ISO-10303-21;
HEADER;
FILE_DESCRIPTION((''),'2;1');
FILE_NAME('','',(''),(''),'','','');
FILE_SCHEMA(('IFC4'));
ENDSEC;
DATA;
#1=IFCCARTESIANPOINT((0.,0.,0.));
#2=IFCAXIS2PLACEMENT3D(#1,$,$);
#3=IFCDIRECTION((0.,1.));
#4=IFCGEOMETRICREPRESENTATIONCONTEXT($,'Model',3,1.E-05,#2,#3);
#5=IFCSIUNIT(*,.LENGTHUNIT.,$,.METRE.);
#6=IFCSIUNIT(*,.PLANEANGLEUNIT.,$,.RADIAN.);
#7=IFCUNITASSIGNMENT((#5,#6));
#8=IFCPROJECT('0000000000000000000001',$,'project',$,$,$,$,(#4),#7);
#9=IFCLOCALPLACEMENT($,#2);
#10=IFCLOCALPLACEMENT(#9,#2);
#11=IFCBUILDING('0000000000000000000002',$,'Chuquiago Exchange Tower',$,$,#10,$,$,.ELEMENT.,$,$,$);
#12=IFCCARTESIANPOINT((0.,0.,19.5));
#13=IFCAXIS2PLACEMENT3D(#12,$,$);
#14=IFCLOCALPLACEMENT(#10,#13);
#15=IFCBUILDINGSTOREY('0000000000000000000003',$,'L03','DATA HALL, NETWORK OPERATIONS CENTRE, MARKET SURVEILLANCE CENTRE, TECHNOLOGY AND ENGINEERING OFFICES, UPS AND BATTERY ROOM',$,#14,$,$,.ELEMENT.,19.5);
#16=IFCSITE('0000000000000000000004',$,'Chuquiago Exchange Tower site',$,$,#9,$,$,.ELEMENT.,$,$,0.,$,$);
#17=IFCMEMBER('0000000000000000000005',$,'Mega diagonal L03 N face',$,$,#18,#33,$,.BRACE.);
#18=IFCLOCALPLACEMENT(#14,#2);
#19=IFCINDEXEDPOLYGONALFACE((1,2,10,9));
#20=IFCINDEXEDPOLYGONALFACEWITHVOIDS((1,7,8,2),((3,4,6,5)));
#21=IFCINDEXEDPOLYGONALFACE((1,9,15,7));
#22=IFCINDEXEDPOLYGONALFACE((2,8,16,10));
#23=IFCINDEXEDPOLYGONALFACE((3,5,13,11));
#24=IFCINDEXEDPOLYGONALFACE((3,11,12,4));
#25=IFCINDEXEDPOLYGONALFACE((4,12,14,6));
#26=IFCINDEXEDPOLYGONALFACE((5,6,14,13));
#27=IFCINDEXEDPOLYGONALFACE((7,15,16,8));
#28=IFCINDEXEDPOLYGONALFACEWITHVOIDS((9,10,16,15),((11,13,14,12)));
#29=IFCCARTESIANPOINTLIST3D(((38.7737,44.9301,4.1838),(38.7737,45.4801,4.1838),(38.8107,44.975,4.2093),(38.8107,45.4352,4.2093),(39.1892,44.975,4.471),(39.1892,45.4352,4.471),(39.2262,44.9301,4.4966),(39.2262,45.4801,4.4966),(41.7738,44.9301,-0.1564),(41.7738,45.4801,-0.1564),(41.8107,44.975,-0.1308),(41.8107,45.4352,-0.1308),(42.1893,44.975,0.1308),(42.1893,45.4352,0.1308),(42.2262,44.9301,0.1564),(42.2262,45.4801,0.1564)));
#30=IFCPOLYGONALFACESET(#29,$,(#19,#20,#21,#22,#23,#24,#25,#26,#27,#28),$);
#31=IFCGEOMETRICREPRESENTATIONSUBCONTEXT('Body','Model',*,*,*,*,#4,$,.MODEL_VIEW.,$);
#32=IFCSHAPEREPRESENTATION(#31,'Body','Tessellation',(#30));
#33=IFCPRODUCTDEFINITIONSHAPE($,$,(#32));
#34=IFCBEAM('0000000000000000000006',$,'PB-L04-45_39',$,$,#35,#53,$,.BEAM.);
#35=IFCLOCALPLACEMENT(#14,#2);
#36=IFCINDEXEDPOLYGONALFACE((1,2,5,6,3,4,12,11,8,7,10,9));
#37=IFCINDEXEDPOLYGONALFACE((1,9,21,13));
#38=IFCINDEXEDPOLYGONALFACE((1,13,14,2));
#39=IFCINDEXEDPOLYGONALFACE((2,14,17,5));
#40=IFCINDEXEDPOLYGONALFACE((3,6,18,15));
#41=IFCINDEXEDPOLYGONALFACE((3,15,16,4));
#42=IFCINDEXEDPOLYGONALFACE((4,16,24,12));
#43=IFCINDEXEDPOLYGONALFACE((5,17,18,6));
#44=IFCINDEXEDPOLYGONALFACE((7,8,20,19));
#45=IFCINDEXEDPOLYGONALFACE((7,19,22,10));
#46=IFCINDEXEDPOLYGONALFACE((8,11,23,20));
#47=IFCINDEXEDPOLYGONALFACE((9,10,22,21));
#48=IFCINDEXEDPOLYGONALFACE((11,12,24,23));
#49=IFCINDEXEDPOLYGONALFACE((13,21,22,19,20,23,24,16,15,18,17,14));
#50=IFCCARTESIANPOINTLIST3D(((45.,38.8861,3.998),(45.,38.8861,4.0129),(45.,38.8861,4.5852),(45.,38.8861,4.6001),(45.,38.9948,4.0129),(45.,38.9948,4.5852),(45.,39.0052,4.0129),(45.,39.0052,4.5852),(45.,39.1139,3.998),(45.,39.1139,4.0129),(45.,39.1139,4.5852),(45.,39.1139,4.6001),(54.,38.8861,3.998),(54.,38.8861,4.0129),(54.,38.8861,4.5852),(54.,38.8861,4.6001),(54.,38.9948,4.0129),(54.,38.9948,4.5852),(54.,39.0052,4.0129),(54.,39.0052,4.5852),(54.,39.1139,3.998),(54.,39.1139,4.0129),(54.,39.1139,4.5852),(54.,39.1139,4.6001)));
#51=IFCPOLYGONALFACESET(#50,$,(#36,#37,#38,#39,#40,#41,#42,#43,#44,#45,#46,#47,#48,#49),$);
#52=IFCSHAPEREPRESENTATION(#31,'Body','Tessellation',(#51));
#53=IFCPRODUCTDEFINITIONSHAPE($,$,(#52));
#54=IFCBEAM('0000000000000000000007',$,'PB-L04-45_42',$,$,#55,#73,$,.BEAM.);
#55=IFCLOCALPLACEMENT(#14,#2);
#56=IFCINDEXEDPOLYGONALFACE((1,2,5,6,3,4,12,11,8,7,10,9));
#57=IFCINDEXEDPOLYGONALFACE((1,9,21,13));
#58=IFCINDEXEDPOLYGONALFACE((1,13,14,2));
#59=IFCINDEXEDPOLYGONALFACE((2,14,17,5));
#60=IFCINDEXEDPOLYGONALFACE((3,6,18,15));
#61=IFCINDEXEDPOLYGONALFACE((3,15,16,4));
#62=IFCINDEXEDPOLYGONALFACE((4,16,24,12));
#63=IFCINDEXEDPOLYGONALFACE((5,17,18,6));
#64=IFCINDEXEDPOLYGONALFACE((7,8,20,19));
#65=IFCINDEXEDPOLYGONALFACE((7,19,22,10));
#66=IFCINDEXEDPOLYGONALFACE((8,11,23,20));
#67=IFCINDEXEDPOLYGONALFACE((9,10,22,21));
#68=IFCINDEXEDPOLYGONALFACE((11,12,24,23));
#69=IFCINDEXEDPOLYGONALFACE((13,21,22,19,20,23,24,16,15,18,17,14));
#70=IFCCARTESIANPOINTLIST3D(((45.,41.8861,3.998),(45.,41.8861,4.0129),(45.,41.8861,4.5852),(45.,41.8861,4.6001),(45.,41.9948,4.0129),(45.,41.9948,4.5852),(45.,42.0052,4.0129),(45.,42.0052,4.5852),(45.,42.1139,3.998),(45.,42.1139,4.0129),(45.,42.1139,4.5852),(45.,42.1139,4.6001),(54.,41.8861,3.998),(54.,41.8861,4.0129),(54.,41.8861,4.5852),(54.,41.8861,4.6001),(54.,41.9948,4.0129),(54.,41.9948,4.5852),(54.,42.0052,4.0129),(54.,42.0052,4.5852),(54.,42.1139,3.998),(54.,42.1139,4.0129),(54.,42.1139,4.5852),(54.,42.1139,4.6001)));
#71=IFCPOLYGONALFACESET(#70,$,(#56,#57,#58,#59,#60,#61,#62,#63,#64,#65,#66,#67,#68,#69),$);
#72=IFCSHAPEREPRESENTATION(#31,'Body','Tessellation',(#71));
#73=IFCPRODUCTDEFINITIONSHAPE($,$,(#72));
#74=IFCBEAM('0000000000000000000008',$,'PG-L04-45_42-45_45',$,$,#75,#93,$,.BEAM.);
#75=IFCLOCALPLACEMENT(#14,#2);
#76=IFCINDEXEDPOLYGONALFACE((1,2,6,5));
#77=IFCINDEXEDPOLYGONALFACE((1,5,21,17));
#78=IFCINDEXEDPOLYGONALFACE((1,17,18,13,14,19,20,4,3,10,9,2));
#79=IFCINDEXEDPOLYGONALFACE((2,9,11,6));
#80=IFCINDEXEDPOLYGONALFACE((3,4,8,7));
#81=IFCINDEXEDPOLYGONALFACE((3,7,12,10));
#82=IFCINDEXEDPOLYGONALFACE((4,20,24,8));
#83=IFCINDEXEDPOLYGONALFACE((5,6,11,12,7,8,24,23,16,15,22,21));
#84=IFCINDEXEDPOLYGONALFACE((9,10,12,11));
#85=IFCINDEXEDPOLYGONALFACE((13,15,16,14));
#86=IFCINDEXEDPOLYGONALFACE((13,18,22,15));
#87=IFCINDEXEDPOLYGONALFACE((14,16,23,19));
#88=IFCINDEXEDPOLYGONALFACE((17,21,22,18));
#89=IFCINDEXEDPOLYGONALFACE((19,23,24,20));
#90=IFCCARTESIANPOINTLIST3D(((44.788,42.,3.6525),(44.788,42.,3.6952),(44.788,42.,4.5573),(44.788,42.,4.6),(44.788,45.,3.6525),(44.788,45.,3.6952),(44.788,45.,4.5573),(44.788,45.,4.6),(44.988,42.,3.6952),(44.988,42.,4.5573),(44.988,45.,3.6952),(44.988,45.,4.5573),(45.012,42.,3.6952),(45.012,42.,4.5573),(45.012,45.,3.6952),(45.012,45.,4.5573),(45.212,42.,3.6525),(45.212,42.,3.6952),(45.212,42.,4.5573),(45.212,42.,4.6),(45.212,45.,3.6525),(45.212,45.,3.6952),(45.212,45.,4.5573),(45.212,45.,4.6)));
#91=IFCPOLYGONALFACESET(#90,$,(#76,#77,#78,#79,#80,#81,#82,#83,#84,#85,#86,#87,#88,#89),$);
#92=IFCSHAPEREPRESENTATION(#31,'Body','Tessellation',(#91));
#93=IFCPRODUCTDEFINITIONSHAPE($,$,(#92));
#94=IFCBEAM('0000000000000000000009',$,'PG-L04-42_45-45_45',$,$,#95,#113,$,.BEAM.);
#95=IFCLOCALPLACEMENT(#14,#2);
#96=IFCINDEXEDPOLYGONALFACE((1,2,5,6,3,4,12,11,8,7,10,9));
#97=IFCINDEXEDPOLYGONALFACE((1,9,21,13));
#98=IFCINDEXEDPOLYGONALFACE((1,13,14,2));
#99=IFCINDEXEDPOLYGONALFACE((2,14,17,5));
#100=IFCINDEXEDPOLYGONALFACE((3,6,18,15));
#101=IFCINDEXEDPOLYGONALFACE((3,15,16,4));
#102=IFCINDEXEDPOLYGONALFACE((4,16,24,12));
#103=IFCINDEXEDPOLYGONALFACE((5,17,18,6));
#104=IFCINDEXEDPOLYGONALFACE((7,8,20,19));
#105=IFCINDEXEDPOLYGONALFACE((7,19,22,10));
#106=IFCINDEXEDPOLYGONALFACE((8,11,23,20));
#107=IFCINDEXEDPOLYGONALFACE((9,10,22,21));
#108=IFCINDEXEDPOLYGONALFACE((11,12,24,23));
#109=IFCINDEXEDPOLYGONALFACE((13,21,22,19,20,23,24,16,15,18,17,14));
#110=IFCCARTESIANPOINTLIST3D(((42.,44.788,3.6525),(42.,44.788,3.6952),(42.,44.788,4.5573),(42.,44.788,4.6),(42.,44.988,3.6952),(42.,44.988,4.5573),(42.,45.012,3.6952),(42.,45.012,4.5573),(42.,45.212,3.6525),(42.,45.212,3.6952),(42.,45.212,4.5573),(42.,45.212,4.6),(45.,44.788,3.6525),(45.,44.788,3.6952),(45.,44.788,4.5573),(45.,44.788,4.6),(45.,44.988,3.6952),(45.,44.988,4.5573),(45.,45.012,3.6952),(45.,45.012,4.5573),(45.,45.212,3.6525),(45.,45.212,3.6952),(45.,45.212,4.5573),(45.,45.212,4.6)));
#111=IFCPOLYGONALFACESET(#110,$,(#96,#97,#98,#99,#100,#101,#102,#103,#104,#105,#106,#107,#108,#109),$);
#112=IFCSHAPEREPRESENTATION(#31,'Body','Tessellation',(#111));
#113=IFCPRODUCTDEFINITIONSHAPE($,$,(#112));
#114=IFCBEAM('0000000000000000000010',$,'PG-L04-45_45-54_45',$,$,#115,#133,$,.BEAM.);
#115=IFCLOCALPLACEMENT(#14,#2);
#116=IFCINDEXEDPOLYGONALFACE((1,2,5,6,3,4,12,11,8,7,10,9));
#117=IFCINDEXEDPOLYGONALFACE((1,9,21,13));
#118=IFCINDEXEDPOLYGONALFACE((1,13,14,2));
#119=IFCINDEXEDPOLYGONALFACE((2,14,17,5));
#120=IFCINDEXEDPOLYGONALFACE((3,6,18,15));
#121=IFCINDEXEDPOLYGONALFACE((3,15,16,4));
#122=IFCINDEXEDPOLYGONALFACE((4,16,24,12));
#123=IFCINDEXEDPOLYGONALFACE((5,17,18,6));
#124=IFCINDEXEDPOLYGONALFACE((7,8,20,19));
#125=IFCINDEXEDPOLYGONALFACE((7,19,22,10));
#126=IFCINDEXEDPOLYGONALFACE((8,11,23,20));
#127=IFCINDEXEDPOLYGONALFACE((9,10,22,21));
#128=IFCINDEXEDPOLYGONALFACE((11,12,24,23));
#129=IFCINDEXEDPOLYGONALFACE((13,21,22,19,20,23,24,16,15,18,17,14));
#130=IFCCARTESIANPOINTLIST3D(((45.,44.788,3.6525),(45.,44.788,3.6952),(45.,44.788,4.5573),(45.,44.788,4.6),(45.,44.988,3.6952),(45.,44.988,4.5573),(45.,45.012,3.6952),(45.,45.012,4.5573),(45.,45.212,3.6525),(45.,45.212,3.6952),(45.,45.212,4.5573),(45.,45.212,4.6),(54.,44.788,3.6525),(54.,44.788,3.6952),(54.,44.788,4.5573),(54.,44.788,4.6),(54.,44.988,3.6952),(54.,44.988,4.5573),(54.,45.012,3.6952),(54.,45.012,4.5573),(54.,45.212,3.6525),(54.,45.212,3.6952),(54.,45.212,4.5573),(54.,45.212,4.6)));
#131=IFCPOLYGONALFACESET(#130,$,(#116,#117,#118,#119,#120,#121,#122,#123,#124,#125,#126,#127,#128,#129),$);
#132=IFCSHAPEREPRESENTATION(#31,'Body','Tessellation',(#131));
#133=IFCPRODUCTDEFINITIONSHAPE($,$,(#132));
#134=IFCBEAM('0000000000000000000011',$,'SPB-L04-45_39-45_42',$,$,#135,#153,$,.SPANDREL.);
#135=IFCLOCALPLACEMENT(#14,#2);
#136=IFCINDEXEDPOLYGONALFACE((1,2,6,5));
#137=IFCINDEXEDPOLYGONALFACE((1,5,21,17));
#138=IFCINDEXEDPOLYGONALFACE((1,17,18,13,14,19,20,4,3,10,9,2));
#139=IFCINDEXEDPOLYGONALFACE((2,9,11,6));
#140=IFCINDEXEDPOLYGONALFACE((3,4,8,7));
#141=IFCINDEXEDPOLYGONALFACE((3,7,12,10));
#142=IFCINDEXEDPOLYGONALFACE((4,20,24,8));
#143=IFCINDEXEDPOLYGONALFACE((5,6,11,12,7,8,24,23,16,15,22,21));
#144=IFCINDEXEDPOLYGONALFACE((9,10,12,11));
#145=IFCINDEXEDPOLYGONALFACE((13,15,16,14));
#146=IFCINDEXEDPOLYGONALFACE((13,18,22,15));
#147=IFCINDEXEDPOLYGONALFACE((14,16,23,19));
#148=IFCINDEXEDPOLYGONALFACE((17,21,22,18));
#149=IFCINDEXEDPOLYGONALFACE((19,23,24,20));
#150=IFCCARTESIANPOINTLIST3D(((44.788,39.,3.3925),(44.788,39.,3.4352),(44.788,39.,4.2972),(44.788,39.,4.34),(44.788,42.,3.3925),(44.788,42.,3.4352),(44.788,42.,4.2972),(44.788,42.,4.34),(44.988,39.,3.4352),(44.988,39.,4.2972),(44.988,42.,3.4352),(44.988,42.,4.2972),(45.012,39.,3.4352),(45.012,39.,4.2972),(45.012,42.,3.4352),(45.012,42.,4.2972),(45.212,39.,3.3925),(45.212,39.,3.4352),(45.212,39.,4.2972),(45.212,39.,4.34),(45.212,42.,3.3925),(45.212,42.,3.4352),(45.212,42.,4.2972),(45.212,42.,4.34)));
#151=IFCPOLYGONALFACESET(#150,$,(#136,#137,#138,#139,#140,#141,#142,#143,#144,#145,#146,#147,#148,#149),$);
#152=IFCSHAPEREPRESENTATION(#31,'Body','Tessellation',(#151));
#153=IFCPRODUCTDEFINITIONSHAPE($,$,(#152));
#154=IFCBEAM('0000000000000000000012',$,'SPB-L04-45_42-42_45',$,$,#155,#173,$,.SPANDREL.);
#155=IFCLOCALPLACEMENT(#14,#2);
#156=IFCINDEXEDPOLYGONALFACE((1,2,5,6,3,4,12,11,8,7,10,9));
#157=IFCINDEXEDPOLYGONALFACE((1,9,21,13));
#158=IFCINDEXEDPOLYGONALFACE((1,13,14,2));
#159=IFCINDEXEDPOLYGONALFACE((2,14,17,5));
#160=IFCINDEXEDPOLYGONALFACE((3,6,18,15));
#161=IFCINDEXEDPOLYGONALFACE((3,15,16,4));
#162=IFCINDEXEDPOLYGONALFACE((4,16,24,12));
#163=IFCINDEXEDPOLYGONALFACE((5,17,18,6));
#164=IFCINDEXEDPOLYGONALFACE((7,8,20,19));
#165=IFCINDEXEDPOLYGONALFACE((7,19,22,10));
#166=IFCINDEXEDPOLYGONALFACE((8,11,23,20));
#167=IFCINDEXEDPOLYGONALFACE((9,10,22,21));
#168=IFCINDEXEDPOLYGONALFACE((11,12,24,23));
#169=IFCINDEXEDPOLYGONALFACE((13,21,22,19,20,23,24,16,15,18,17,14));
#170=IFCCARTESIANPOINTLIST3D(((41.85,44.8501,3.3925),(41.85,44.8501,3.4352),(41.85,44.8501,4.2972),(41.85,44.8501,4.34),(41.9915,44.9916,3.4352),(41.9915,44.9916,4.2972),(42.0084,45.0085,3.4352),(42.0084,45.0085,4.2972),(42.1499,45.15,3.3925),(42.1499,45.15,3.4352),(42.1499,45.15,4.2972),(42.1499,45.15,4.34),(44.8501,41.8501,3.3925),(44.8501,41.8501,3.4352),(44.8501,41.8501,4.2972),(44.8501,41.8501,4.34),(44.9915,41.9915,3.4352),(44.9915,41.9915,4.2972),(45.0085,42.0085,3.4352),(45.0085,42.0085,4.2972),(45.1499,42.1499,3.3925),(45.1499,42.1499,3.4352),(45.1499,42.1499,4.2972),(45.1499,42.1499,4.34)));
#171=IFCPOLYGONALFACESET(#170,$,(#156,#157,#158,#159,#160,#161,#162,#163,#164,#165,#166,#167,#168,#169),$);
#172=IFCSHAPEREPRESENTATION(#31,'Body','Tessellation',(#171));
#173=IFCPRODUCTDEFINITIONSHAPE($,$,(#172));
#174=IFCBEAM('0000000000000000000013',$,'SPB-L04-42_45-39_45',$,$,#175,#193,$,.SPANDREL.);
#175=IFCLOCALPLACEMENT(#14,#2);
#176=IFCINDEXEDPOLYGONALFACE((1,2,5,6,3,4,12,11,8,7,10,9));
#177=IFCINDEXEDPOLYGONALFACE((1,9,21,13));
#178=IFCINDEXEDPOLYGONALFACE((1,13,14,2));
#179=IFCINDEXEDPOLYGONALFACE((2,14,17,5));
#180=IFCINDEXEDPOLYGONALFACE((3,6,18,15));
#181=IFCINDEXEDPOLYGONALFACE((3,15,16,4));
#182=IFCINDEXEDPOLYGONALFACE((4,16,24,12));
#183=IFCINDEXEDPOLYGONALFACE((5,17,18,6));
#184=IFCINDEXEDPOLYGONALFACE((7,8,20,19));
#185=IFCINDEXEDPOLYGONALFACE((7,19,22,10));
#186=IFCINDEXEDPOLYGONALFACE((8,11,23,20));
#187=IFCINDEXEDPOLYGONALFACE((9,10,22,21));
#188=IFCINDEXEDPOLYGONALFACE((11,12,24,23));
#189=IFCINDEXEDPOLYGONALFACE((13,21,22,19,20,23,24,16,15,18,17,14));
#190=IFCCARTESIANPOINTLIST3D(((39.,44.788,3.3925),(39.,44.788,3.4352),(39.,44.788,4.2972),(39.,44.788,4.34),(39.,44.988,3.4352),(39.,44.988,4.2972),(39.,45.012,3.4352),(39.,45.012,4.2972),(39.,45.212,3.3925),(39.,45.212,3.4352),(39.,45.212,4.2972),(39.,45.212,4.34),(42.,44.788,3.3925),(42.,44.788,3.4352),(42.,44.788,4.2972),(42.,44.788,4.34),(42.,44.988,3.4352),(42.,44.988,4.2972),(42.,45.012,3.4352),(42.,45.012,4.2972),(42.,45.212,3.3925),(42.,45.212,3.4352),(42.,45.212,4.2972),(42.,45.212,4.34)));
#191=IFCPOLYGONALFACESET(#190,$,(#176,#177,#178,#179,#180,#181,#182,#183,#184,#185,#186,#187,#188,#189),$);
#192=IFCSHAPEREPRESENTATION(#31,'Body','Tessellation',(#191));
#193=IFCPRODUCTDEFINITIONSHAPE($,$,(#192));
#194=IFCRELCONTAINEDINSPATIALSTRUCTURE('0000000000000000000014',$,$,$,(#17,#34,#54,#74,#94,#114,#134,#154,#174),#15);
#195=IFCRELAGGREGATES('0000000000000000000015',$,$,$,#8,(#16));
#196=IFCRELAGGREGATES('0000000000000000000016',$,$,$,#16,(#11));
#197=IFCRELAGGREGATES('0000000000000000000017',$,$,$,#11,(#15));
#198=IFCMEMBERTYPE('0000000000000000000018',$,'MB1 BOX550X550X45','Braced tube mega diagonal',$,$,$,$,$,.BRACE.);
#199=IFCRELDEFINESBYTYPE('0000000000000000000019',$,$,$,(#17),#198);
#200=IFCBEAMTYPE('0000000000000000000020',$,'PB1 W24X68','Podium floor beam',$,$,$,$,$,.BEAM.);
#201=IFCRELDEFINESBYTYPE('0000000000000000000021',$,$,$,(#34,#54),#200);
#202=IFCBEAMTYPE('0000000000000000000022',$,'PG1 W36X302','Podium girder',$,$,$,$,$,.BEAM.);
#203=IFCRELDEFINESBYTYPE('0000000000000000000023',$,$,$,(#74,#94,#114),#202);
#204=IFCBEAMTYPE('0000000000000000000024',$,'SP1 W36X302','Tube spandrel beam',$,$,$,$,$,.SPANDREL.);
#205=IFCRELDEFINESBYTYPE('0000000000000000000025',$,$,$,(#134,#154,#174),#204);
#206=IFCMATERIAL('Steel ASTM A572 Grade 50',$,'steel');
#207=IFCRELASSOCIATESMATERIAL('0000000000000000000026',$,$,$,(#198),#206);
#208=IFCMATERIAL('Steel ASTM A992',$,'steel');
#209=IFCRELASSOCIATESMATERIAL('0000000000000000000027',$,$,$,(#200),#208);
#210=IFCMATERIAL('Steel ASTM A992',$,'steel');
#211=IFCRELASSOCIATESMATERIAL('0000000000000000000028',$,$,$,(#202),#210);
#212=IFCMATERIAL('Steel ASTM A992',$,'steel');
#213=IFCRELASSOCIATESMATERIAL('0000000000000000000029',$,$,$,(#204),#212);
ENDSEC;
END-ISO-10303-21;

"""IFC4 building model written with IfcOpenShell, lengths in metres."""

from ifc_helpers import new_model, si_unit, direction, frame, origin, origin_2d, place, context, subcontext, project, spatial, hollow_rectangle, i_section, extrude, material, material_profile, profile_set, type_object, element, save


model = new_model("IFC4")

# Units and contexts
model_context = context("Model", 3, precision=1e-05, world=origin(), true_north=direction((0.0, 1.0)))
body_context = subcontext(model_context, "Body", "Model", "MODEL_VIEW")
ifc_project = project(units=[si_unit("LENGTHUNIT", "METRE"), si_unit("PLANEANGLEUNIT", "RADIAN")], contexts=[model_context])

# Site, building, storey
site_placement = place(None, origin())
site = spatial("IfcSite", under=ifc_project, at=site_placement, Name="Chuquiago Exchange Tower site", CompositionType="ELEMENT", RefElevation=0.0)
building_placement = place(site_placement, origin())
building = spatial("IfcBuilding", under=site, at=building_placement, Name="Chuquiago Exchange Tower", CompositionType="ELEMENT")
storey_placement = place(building_placement, frame((0.0, 0.0, 19.5)))
storey = spatial("IfcBuildingStorey", under=building, at=storey_placement, Name="L03", Description="DATA HALL, NETWORK OPERATIONS CENTRE, MARKET SURVEILLANCE CENTRE, TECHNOLOGY AND ENGINEERING OFFICES, UPS AND BATTERY ROOM", CompositionType="ELEMENT", Elevation=19.5)

# Member
ifc_material_1 = material(Name="Steel ASTM A572 Grade 50", Category="steel")
ifc_material_profile_1 = material_profile(ifc_material_1, hollow_rectangle(XDim=0.55, YDim=0.55, WallThickness=0.0449, at=origin_2d()), Name="BOX550X550X45")
ifc_profile_set_1 = profile_set([ifc_material_profile_1], Name="Steel ASTM A572 Grade 50")
member_type_1 = type_object("IfcMemberType", Name="MB1 BOX550X550X45", Description="Braced tube mega diagonal", PredefinedType="BRACE", material=ifc_profile_set_1)
for number, where, z_axis, x_axis, name in (
    (1, (42.0, 45.2051, 0.0), (-0.568611, 0.0, 0.822607), (0.0, -1.0, 0.0), "Mega diagonal L03 N face"),
):
    element("IfcMember", number, at=place(storey_placement, frame(where, z_axis=z_axis, x_axis=x_axis)), inside=storey, type_object=member_type_1, Name=name, PredefinedType="BRACE", context=body_context, shape_type="SweptSolid", body=[
        extrude(hollow_rectangle(XDim=0.55, YDim=0.55, WallThickness=0.0449, at=origin_2d()), origin(), (0.0, 0.0, 1.0), 5.2761),
    ])

# Beams
ifc_material_2 = material(Name="Steel ASTM A992", Category="steel")
ifc_material_profile_2 = material_profile(ifc_material_2, i_section(OverallWidth=0.2278, OverallDepth=0.6021, WebThickness=0.0105, FlangeThickness=0.0149, at=origin_2d()), Name="W24X68")
ifc_profile_set_2 = profile_set([ifc_material_profile_2], Name="Steel ASTM A992")
beam_type_1 = type_object("IfcBeamType", Name="PB1 W24X68", Description="Podium floor beam", PredefinedType="BEAM", material=ifc_profile_set_2)
for number, where, z_axis, x_axis, name in (
    (2, (45.0, 39.0, 4.2991), (1.0, 0.0, 0.0), (0.0, 1.0, 0.0), "PB-L04-45_39"),
    (3, (45.0, 42.0, 4.2991), (1.0, 0.0, 0.0), (0.0, 1.0, 0.0), "PB-L04-45_42"),
):
    element("IfcBeam", number, at=place(storey_placement, frame(where, z_axis=z_axis, x_axis=x_axis)), inside=storey, type_object=beam_type_1, Name=name, PredefinedType="BEAM", context=body_context, shape_type="SweptSolid", body=[
        extrude(i_section(OverallWidth=0.2278, OverallDepth=0.6021, WebThickness=0.0105, FlangeThickness=0.0149, at=origin_2d()), origin(), (0.0, 0.0, 1.0), 9.0),
    ])
ifc_material_3 = material(Name="Steel ASTM A992", Category="steel")
ifc_material_profile_3 = material_profile(ifc_material_3, i_section(OverallWidth=0.4241, OverallDepth=0.9475, WebThickness=0.0239, FlangeThickness=0.0427, at=origin_2d()), Name="W36X302")
ifc_profile_set_3 = profile_set([ifc_material_profile_3], Name="Steel ASTM A992")
beam_type_2 = type_object("IfcBeamType", Name="PG1 W36X302", Description="Podium girder", PredefinedType="BEAM", material=ifc_profile_set_3)
for number, where, z_axis, x_axis, name in (
    (4, (45.0, 42.0, 4.1262), (0.0, 1.0, 0.0), (-1.0, 0.0, 0.0), "PG-L04-45_42-45_45"),
    (5, (42.0, 45.0, 4.1262), (1.0, 0.0, 0.0), (0.0, 1.0, 0.0), "PG-L04-42_45-45_45"),
):
    element("IfcBeam", number, at=place(storey_placement, frame(where, z_axis=z_axis, x_axis=x_axis)), inside=storey, type_object=beam_type_2, Name=name, PredefinedType="BEAM", context=body_context, shape_type="SweptSolid", body=[
        extrude(i_section(OverallWidth=0.4241, OverallDepth=0.9475, WebThickness=0.0239, FlangeThickness=0.0427, at=origin_2d()), origin(), (0.0, 0.0, 1.0), 3.0),
    ])
beam_1_placement = place(storey_placement, frame((45.0, 45.0, 4.1262), z_axis=(1.0, 0.0, 0.0), x_axis=(0.0, 1.0, 0.0)))
element("IfcBeam", 6, at=beam_1_placement, inside=storey, type_object=beam_type_2, Name="PG-L04-45_45-54_45", PredefinedType="BEAM", context=body_context, shape_type="SweptSolid", body=[
    extrude(i_section(OverallWidth=0.4241, OverallDepth=0.9475, WebThickness=0.0239, FlangeThickness=0.0427, at=origin_2d()), origin(), (0.0, 0.0, 1.0), 9.0),
])
ifc_material_4 = material(Name="Steel ASTM A992", Category="steel")
ifc_material_profile_4 = material_profile(ifc_material_4, i_section(OverallWidth=0.4241, OverallDepth=0.9475, WebThickness=0.0239, FlangeThickness=0.0427, at=origin_2d()), Name="W36X302")
ifc_profile_set_4 = profile_set([ifc_material_profile_4], Name="Steel ASTM A992")
beam_type_3 = type_object("IfcBeamType", Name="SP1 W36X302", Description="Tube spandrel beam", PredefinedType="SPANDREL", material=ifc_profile_set_4)
beam_2_placement = place(storey_placement, frame((45.0, 39.0, 3.8662), z_axis=(0.0, 1.0, 0.0), x_axis=(-1.0, 0.0, 0.0)))
element("IfcBeam", 7, at=beam_2_placement, inside=storey, type_object=beam_type_3, Name="SPB-L04-45_39-45_42", PredefinedType="SPANDREL", context=body_context, shape_type="SweptSolid", body=[
    extrude(i_section(OverallWidth=0.4241, OverallDepth=0.9475, WebThickness=0.0239, FlangeThickness=0.0427, at=origin_2d()), origin(), (0.0, 0.0, 1.0), 3.0),
])
beam_3_placement = place(storey_placement, frame((45.0, 42.0, 3.8662), z_axis=(-0.707107, 0.707107, 0.0), x_axis=(-0.707107, -0.707107, 0.0)))
element("IfcBeam", 8, at=beam_3_placement, inside=storey, type_object=beam_type_3, Name="SPB-L04-45_42-42_45", PredefinedType="SPANDREL", context=body_context, shape_type="SweptSolid", body=[
    extrude(i_section(OverallWidth=0.4241, OverallDepth=0.9475, WebThickness=0.0239, FlangeThickness=0.0427, at=origin_2d()), origin(), (0.0, 0.0, 1.0), 4.2427),
])
beam_4_placement = place(storey_placement, frame((42.0, 45.0, 3.8662), z_axis=(-1.0, 0.0, 0.0), x_axis=(0.0, -1.0, 0.0)))
element("IfcBeam", 9, at=beam_4_placement, inside=storey, type_object=beam_type_3, Name="SPB-L04-42_45-39_45", PredefinedType="SPANDREL", context=body_context, shape_type="SweptSolid", body=[
    extrude(i_section(OverallWidth=0.4241, OverallDepth=0.9475, WebThickness=0.0239, FlangeThickness=0.0427, at=origin_2d()), origin(), (0.0, 0.0, 1.0), 3.0),
])

save(model, "model.ifc")
